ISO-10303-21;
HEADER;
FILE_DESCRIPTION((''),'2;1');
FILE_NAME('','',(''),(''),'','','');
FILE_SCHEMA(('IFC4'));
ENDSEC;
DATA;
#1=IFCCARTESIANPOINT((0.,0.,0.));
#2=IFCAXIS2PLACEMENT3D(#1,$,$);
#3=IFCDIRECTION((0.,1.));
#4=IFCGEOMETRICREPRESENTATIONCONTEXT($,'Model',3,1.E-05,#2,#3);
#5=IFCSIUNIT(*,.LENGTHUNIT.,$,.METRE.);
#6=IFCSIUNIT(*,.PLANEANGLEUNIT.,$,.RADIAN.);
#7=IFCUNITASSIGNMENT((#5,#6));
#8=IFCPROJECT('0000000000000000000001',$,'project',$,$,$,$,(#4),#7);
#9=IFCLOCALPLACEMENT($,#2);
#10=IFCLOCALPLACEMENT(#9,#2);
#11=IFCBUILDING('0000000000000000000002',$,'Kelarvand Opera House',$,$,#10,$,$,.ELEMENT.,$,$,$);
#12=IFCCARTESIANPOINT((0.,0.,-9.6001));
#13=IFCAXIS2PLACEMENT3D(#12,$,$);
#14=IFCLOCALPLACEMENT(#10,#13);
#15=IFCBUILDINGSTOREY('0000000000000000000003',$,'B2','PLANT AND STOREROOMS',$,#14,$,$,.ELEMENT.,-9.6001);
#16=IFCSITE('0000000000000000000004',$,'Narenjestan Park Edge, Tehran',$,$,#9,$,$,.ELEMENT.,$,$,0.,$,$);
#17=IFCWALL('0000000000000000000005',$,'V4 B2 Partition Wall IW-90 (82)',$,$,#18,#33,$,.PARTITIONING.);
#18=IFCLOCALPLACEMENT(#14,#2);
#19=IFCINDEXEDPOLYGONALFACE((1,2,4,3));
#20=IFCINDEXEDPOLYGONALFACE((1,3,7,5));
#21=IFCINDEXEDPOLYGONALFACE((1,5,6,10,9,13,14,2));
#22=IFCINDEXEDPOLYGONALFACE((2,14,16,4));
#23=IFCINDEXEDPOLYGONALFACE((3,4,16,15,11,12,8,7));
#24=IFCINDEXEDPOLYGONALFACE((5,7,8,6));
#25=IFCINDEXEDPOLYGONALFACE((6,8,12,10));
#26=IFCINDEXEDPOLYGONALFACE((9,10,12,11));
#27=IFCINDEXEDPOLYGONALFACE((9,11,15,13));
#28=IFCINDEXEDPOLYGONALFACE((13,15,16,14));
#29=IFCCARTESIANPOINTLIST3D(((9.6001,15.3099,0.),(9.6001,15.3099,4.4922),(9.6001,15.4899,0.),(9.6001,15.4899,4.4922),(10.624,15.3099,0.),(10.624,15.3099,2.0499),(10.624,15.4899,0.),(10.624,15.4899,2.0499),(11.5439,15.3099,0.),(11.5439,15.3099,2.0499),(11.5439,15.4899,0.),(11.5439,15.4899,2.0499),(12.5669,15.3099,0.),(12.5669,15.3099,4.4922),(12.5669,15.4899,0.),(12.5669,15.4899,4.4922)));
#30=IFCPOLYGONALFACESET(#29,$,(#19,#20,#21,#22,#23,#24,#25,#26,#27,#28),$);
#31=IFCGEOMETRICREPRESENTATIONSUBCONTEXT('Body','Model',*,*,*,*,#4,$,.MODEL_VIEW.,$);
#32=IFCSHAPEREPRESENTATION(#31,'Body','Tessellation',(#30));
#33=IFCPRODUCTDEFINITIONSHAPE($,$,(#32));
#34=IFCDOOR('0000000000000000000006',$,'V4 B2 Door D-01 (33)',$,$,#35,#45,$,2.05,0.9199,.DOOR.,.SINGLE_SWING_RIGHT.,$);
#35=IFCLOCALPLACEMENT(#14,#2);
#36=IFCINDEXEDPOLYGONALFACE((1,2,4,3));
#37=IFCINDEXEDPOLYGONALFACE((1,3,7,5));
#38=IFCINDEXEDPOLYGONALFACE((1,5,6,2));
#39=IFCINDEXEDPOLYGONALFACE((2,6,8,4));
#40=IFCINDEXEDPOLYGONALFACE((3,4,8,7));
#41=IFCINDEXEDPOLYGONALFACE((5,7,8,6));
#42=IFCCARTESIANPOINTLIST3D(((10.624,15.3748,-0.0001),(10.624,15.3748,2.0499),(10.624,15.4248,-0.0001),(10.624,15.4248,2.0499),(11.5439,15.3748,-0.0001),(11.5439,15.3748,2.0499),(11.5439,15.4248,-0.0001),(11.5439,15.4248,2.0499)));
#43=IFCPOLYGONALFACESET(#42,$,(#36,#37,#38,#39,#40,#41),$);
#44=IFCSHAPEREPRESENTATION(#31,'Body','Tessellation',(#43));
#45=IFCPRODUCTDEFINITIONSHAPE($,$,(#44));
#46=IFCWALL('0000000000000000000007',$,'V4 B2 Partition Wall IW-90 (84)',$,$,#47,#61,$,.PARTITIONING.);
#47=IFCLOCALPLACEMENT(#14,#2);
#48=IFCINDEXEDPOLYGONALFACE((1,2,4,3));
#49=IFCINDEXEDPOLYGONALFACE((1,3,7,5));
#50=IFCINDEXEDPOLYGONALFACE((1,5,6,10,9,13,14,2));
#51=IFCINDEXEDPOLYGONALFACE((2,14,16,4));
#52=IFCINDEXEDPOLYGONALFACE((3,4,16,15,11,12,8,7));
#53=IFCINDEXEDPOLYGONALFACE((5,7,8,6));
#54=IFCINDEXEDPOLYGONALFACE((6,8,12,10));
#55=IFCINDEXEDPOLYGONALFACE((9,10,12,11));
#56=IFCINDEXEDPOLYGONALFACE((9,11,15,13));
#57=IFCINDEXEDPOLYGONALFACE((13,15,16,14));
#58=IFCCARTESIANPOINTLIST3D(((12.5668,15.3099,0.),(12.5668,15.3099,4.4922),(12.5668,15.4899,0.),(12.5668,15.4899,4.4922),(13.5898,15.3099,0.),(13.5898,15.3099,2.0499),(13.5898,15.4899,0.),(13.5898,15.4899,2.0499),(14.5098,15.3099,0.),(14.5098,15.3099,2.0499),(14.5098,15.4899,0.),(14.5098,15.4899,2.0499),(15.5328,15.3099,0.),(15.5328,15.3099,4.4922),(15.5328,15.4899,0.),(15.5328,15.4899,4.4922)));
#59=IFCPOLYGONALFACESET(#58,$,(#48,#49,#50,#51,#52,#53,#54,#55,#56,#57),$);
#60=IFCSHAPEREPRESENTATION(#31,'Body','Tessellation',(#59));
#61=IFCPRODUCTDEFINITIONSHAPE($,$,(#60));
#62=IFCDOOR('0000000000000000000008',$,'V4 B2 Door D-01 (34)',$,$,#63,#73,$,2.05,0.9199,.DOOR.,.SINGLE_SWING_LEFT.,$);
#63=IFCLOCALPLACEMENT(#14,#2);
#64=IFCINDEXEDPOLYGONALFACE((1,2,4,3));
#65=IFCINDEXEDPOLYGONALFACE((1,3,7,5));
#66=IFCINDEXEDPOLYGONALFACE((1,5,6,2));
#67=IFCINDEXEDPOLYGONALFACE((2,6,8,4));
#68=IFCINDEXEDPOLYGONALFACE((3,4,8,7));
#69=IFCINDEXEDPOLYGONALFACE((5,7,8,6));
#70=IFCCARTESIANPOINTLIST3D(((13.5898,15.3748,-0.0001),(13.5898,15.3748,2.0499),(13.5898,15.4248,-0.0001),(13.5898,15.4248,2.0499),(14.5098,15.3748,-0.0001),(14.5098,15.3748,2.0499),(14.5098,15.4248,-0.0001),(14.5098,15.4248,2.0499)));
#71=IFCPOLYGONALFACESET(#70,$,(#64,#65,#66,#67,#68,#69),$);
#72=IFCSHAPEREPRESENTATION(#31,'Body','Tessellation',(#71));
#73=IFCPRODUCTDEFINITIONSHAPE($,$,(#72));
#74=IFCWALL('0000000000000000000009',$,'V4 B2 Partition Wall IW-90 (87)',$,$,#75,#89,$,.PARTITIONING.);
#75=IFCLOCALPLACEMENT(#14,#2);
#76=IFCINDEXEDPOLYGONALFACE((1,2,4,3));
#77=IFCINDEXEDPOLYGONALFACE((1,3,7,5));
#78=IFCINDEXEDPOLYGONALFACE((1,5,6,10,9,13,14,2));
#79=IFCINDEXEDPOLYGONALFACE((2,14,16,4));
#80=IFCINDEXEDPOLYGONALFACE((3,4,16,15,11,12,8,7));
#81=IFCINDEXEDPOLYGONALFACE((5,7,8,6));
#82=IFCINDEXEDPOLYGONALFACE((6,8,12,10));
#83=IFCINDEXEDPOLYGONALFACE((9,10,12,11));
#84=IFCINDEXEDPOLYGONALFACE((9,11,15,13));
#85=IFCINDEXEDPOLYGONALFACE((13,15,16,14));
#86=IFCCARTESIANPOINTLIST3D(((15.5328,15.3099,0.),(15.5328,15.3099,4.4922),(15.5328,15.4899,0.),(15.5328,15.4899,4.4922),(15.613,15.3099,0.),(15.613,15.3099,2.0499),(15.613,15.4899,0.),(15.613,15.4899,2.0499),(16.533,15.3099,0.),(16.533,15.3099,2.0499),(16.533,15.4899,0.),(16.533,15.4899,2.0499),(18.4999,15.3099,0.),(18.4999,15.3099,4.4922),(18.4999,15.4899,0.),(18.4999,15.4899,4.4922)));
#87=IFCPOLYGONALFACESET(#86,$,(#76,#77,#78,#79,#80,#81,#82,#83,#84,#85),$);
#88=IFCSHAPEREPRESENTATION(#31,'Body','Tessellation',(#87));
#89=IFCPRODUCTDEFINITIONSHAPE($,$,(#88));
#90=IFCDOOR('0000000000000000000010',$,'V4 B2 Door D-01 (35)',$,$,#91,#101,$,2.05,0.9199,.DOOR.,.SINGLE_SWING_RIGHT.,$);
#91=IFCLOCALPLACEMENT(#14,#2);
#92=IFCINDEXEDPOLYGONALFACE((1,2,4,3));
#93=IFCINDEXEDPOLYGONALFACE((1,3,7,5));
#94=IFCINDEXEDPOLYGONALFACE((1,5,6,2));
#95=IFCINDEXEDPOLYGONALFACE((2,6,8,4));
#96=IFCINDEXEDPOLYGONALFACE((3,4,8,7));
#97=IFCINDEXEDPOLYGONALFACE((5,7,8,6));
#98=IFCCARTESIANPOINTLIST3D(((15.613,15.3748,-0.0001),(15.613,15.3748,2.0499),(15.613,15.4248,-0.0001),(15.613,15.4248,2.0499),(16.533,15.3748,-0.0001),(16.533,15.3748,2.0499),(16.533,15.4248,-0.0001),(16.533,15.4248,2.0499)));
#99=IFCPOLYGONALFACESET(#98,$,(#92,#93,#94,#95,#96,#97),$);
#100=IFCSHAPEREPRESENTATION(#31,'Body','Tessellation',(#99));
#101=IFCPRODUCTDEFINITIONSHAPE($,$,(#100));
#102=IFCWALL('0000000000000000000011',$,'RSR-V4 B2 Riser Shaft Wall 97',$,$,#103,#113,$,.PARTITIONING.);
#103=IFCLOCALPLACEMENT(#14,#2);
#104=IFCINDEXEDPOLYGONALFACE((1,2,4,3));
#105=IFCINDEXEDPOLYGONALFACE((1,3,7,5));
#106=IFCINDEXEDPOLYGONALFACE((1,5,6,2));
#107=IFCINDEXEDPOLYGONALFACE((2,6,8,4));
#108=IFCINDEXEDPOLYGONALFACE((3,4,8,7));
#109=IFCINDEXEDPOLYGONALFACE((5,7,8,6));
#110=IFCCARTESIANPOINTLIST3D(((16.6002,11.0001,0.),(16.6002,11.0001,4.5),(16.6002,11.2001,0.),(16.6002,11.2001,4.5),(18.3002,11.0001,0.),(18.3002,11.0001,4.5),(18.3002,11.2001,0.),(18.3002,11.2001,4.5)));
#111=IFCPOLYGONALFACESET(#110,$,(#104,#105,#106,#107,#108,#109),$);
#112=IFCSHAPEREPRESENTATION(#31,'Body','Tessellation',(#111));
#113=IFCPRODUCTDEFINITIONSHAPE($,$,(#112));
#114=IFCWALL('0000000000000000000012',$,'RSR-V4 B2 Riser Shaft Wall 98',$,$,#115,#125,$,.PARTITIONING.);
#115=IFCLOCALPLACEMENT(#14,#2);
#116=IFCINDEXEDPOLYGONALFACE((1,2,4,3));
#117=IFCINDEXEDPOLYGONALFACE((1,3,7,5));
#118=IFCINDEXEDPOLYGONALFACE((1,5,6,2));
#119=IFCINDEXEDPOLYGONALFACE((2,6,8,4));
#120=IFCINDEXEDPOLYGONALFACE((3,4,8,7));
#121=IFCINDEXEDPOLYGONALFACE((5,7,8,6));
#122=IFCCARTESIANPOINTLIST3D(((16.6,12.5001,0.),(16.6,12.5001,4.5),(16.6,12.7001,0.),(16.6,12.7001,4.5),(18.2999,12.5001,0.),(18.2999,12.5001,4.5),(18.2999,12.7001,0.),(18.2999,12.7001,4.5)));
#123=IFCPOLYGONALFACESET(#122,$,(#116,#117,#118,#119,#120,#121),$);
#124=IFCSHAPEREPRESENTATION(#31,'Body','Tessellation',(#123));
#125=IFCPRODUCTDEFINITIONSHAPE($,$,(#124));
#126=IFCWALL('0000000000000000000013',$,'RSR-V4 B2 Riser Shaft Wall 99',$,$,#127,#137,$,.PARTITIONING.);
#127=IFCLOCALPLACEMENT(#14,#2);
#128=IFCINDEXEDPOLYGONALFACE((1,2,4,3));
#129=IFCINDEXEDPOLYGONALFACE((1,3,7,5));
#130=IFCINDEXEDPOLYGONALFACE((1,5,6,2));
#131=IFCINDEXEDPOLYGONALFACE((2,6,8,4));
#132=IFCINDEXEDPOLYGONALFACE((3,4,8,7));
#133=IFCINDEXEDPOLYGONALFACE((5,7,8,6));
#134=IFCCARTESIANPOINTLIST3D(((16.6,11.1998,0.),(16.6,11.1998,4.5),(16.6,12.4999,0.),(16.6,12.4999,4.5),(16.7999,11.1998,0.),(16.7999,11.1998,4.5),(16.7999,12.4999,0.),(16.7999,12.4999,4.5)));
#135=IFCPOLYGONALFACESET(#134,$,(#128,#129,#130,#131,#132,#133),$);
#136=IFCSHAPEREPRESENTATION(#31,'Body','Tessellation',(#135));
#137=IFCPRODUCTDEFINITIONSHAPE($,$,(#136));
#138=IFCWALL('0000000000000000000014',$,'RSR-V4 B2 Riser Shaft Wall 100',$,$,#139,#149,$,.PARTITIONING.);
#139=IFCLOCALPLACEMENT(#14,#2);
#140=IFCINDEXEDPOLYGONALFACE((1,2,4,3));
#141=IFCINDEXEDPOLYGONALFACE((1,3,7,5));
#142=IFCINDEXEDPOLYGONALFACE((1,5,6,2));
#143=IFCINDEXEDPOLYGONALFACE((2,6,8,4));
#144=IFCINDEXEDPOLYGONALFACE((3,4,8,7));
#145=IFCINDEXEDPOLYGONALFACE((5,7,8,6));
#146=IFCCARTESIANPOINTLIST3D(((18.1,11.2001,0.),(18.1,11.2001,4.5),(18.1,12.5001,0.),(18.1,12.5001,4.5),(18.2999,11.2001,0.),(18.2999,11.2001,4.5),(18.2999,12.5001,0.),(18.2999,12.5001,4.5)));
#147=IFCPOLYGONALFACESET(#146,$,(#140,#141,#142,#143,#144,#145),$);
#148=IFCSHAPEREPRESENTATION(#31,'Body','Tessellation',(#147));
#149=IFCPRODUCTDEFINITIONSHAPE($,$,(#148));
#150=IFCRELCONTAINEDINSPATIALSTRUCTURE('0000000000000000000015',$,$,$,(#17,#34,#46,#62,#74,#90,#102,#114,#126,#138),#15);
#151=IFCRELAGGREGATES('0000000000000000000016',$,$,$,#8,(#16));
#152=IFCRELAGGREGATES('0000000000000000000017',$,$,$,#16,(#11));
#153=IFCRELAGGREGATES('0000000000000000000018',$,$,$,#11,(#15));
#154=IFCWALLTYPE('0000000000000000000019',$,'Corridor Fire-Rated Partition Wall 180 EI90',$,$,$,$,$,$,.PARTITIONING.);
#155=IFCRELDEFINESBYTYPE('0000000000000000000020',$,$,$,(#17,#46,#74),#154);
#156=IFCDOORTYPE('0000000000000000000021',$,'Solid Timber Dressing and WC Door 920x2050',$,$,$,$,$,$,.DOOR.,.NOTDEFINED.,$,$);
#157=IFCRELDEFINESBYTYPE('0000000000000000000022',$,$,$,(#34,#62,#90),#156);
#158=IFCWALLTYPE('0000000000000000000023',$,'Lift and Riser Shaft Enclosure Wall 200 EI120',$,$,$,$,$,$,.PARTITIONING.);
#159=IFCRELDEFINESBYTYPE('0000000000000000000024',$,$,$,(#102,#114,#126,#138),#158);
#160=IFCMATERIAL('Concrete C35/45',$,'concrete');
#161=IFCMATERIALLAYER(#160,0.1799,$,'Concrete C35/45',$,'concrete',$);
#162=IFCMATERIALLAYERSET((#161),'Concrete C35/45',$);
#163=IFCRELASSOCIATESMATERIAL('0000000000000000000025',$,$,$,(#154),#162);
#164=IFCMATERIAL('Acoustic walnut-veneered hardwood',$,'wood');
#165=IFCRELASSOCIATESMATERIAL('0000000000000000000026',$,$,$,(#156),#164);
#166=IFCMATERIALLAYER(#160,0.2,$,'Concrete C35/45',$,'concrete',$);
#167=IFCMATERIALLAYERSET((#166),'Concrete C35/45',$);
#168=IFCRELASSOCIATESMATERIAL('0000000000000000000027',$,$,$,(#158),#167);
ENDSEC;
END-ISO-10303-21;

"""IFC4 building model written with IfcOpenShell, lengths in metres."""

from ifc_helpers import new_model, si_unit, direction, frame, frame_2d, origin, place, context, subcontext, project, spatial, rectangle, extrude, material, layer, layer_set, type_object, element, fill, save


model = new_model("IFC4")

# Units and contexts
model_context = context("Model", 3, precision=1e-05, world=origin(), true_north=direction((0.0, 1.0)))
body_context = subcontext(model_context, "Body", "Model", "MODEL_VIEW")
ifc_project = project(units=[si_unit("LENGTHUNIT", "METRE"), si_unit("PLANEANGLEUNIT", "RADIAN")], contexts=[model_context])

# Site, building, storey
site_placement = place(None, origin())
site = spatial("IfcSite", under=ifc_project, at=site_placement, Name="Narenjestan Park Edge, Tehran", CompositionType="ELEMENT", RefElevation=0.0)
building_placement = place(site_placement, origin())
building = spatial("IfcBuilding", under=site, at=building_placement, Name="Kelarvand Opera House", CompositionType="ELEMENT")
storey_placement = place(building_placement, frame((0.0, 0.0, -9.6001)))
storey = spatial("IfcBuildingStorey", under=building, at=storey_placement, Name="B2", Description="PLANT AND STOREROOMS", CompositionType="ELEMENT", Elevation=-9.6001)

# Shared definitions
ifc_material_1 = material(Name="Concrete C35/45", Category="concrete")

# Walls, openings, doors
ifc_layer_1 = layer(ifc_material_1, 0.1799, Name="Concrete C35/45", Category="concrete")
ifc_layer_set_1 = layer_set([ifc_layer_1], Name="Concrete C35/45")
wall_type_1 = type_object("IfcWallType", Name="Corridor Fire-Rated Partition Wall 180 EI90", PredefinedType="PARTITIONING", material=ifc_layer_set_1)
wall_1_placement = place(storey_placement, frame((9.6001, 15.3999, 0.0), z_axis=(0.0, 0.0, 1.0), x_axis=(1.0, 0.0, 0.0)))
wall_1 = element("IfcWall", 1, at=wall_1_placement, inside=storey, type_object=wall_type_1, Name="V4 B2 Partition Wall IW-90 (82)", PredefinedType="PARTITIONING", context=body_context, shape_type="SweptSolid", body=[
    extrude(rectangle(XDim=2.9668, YDim=0.1799, at=frame_2d((1.4834, 0.0))), origin(), (0.0, 0.0, 1.0), 4.4922),
])
opening_1_placement = place(wall_1_placement, frame((1.0239, 0.0, 0.0)))
opening_1 = element("IfcOpeningElement", 2, at=opening_1_placement, cuts=wall_1, PredefinedType="OPENING", context=body_context, shape_type="SweptSolid", body=[
    extrude(rectangle(XDim=0.9199, YDim=2.05, at=frame_2d((0.46, 1.0249))), frame((0.0, 0.1001, 0.0), z_axis=(0.0, -1.0, 0.0), x_axis=(1.0, 0.0, 0.0)), (0.0, 0.0, 1.0), 0.2),
])
ifc_material_2 = material(Name="Acoustic walnut-veneered hardwood", Category="wood")
door_type_1 = type_object("IfcDoorType", Name="Solid Timber Dressing and WC Door 920x2050", OperationType="NOTDEFINED", PredefinedType="DOOR", material=ifc_material_2)
door_1_placement = place(opening_1_placement, origin())
door_1 = element("IfcDoor", 3, at=door_1_placement, inside=storey, type_object=door_type_1, Name="V4 B2 Door D-01 (33)", OperationType="SINGLE_SWING_RIGHT", OverallHeight=2.05, OverallWidth=0.9199, PredefinedType="DOOR", context=body_context, shape_type="SweptSolid", body=[
    extrude(rectangle(XDim=0.9199, YDim=2.05, at=frame_2d((0.46, 1.0249))), frame((0.0, 0.0249, 0.0), z_axis=(0.0, -1.0, 0.0), x_axis=(1.0, 0.0, 0.0)), (0.0, 0.0, 1.0), 0.05),
])
fill(opening_1, door_1)
wall_2_placement = place(storey_placement, frame((12.5669, 15.3999, 0.0), z_axis=(0.0, 0.0, 1.0), x_axis=(1.0, 0.0, 0.0)))
wall_2 = element("IfcWall", 4, at=wall_2_placement, inside=storey, type_object=wall_type_1, Name="V4 B2 Partition Wall IW-90 (84)", PredefinedType="PARTITIONING", context=body_context, shape_type="SweptSolid", body=[
    extrude(rectangle(XDim=2.9661, YDim=0.1799, at=frame_2d((1.4829, 0.0))), origin(), (0.0, 0.0, 1.0), 4.4922),
])
opening_2_placement = place(wall_2_placement, frame((1.0229, 0.0, 0.0)))
opening_2 = element("IfcOpeningElement", 5, at=opening_2_placement, cuts=wall_2, PredefinedType="OPENING", context=body_context, shape_type="SweptSolid", body=[
    extrude(rectangle(XDim=0.9199, YDim=2.05, at=frame_2d((0.46, 1.0249))), frame((0.0, 0.1001, 0.0), z_axis=(0.0, -1.0, 0.0), x_axis=(1.0, 0.0, 0.0)), (0.0, 0.0, 1.0), 0.2),
])
door_2_placement = place(opening_2_placement, origin())
door_2 = element("IfcDoor", 6, at=door_2_placement, inside=storey, type_object=door_type_1, Name="V4 B2 Door D-01 (34)", OperationType="SINGLE_SWING_LEFT", OverallHeight=2.05, OverallWidth=0.9199, PredefinedType="DOOR", context=body_context, shape_type="SweptSolid", body=[
    extrude(rectangle(XDim=0.9199, YDim=2.05, at=frame_2d((0.46, 1.0249))), frame((0.0, 0.0249, 0.0), z_axis=(0.0, -1.0, 0.0), x_axis=(1.0, 0.0, 0.0)), (0.0, 0.0, 1.0), 0.05),
])
fill(opening_2, door_2)
wall_3_placement = place(storey_placement, frame((15.533, 15.3999, 0.0), z_axis=(0.0, 0.0, 1.0), x_axis=(1.0, 0.0, 0.0)))
wall_3 = element("IfcWall", 7, at=wall_3_placement, inside=storey, type_object=wall_type_1, Name="V4 B2 Partition Wall IW-90 (87)", PredefinedType="PARTITIONING", context=body_context, shape_type="SweptSolid", body=[
    extrude(rectangle(XDim=2.967, YDim=0.1799, at=frame_2d((1.4834, 0.0))), origin(), (0.0, 0.0, 1.0), 4.4922),
])
opening_3_placement = place(wall_3_placement, frame((0.0801, 0.0, 0.0)))
opening_3 = element("IfcOpeningElement", 8, at=opening_3_placement, cuts=wall_3, PredefinedType="OPENING", context=body_context, shape_type="SweptSolid", body=[
    extrude(rectangle(XDim=0.9199, YDim=2.05, at=frame_2d((0.46, 1.0249))), frame((0.0, 0.1001, 0.0), z_axis=(0.0, -1.0, 0.0), x_axis=(1.0, 0.0, 0.0)), (0.0, 0.0, 1.0), 0.2),
])
door_3_placement = place(opening_3_placement, origin())
door_3 = element("IfcDoor", 9, at=door_3_placement, inside=storey, type_object=door_type_1, Name="V4 B2 Door D-01 (35)", OperationType="SINGLE_SWING_RIGHT", OverallHeight=2.05, OverallWidth=0.9199, PredefinedType="DOOR", context=body_context, shape_type="SweptSolid", body=[
    extrude(rectangle(XDim=0.9199, YDim=2.05, at=frame_2d((0.46, 1.0249))), frame((0.0, 0.0249, 0.0), z_axis=(0.0, -1.0, 0.0), x_axis=(1.0, 0.0, 0.0)), (0.0, 0.0, 1.0), 0.05),
])
fill(opening_3, door_3)

# Walls
ifc_layer_2 = layer(ifc_material_1, 0.2, Name="Concrete C35/45", Category="concrete")
ifc_layer_set_2 = layer_set([ifc_layer_2], Name="Concrete C35/45")
wall_type_2 = type_object("IfcWallType", Name="Lift and Riser Shaft Enclosure Wall 200 EI120", PredefinedType="PARTITIONING", material=ifc_layer_set_2)
for number, where, z_axis, x_axis, name in (
    (10, (16.6001, 11.1001, 0.0), (0.0, 0.0, 1.0), (1.0, 0.0, 0.0), "RSR-V4 B2 Riser Shaft Wall 97"),
    (11, (18.3, 12.6001, 0.0), (0.0, 0.0, 1.0), (-1.0, 0.0, 0.0), "RSR-V4 B2 Riser Shaft Wall 98"),
):
    element("IfcWall", number, at=place(storey_placement, frame(where, z_axis=z_axis, x_axis=x_axis)), inside=storey, type_object=wall_type_2, Name=name, PredefinedType="PARTITIONING", context=body_context, shape_type="SweptSolid", body=[
        extrude(rectangle(XDim=1.7, YDim=0.2, at=frame_2d((0.8501, 0.0))), origin(), (0.0, 0.0, 1.0), 4.5),
    ])
for number, where, z_axis, x_axis, name in (
    (12, (16.7, 11.2, 0.0), (0.0, 0.0, 1.0), (0.0, 1.0, 0.0), "RSR-V4 B2 Riser Shaft Wall 99"),
    (13, (18.2, 12.5, 0.0), (0.0, 0.0, 1.0), (0.0, -1.0, 0.0), "RSR-V4 B2 Riser Shaft Wall 100"),
):
    element("IfcWall", number, at=place(storey_placement, frame(where, z_axis=z_axis, x_axis=x_axis)), inside=storey, type_object=wall_type_2, Name=name, PredefinedType="PARTITIONING", context=body_context, shape_type="SweptSolid", body=[
        extrude(rectangle(XDim=1.3, YDim=0.2, at=frame_2d((0.6499, 0.0))), origin(), (0.0, 0.0, 1.0), 4.5),
    ])

save(model, "model.ifc")
